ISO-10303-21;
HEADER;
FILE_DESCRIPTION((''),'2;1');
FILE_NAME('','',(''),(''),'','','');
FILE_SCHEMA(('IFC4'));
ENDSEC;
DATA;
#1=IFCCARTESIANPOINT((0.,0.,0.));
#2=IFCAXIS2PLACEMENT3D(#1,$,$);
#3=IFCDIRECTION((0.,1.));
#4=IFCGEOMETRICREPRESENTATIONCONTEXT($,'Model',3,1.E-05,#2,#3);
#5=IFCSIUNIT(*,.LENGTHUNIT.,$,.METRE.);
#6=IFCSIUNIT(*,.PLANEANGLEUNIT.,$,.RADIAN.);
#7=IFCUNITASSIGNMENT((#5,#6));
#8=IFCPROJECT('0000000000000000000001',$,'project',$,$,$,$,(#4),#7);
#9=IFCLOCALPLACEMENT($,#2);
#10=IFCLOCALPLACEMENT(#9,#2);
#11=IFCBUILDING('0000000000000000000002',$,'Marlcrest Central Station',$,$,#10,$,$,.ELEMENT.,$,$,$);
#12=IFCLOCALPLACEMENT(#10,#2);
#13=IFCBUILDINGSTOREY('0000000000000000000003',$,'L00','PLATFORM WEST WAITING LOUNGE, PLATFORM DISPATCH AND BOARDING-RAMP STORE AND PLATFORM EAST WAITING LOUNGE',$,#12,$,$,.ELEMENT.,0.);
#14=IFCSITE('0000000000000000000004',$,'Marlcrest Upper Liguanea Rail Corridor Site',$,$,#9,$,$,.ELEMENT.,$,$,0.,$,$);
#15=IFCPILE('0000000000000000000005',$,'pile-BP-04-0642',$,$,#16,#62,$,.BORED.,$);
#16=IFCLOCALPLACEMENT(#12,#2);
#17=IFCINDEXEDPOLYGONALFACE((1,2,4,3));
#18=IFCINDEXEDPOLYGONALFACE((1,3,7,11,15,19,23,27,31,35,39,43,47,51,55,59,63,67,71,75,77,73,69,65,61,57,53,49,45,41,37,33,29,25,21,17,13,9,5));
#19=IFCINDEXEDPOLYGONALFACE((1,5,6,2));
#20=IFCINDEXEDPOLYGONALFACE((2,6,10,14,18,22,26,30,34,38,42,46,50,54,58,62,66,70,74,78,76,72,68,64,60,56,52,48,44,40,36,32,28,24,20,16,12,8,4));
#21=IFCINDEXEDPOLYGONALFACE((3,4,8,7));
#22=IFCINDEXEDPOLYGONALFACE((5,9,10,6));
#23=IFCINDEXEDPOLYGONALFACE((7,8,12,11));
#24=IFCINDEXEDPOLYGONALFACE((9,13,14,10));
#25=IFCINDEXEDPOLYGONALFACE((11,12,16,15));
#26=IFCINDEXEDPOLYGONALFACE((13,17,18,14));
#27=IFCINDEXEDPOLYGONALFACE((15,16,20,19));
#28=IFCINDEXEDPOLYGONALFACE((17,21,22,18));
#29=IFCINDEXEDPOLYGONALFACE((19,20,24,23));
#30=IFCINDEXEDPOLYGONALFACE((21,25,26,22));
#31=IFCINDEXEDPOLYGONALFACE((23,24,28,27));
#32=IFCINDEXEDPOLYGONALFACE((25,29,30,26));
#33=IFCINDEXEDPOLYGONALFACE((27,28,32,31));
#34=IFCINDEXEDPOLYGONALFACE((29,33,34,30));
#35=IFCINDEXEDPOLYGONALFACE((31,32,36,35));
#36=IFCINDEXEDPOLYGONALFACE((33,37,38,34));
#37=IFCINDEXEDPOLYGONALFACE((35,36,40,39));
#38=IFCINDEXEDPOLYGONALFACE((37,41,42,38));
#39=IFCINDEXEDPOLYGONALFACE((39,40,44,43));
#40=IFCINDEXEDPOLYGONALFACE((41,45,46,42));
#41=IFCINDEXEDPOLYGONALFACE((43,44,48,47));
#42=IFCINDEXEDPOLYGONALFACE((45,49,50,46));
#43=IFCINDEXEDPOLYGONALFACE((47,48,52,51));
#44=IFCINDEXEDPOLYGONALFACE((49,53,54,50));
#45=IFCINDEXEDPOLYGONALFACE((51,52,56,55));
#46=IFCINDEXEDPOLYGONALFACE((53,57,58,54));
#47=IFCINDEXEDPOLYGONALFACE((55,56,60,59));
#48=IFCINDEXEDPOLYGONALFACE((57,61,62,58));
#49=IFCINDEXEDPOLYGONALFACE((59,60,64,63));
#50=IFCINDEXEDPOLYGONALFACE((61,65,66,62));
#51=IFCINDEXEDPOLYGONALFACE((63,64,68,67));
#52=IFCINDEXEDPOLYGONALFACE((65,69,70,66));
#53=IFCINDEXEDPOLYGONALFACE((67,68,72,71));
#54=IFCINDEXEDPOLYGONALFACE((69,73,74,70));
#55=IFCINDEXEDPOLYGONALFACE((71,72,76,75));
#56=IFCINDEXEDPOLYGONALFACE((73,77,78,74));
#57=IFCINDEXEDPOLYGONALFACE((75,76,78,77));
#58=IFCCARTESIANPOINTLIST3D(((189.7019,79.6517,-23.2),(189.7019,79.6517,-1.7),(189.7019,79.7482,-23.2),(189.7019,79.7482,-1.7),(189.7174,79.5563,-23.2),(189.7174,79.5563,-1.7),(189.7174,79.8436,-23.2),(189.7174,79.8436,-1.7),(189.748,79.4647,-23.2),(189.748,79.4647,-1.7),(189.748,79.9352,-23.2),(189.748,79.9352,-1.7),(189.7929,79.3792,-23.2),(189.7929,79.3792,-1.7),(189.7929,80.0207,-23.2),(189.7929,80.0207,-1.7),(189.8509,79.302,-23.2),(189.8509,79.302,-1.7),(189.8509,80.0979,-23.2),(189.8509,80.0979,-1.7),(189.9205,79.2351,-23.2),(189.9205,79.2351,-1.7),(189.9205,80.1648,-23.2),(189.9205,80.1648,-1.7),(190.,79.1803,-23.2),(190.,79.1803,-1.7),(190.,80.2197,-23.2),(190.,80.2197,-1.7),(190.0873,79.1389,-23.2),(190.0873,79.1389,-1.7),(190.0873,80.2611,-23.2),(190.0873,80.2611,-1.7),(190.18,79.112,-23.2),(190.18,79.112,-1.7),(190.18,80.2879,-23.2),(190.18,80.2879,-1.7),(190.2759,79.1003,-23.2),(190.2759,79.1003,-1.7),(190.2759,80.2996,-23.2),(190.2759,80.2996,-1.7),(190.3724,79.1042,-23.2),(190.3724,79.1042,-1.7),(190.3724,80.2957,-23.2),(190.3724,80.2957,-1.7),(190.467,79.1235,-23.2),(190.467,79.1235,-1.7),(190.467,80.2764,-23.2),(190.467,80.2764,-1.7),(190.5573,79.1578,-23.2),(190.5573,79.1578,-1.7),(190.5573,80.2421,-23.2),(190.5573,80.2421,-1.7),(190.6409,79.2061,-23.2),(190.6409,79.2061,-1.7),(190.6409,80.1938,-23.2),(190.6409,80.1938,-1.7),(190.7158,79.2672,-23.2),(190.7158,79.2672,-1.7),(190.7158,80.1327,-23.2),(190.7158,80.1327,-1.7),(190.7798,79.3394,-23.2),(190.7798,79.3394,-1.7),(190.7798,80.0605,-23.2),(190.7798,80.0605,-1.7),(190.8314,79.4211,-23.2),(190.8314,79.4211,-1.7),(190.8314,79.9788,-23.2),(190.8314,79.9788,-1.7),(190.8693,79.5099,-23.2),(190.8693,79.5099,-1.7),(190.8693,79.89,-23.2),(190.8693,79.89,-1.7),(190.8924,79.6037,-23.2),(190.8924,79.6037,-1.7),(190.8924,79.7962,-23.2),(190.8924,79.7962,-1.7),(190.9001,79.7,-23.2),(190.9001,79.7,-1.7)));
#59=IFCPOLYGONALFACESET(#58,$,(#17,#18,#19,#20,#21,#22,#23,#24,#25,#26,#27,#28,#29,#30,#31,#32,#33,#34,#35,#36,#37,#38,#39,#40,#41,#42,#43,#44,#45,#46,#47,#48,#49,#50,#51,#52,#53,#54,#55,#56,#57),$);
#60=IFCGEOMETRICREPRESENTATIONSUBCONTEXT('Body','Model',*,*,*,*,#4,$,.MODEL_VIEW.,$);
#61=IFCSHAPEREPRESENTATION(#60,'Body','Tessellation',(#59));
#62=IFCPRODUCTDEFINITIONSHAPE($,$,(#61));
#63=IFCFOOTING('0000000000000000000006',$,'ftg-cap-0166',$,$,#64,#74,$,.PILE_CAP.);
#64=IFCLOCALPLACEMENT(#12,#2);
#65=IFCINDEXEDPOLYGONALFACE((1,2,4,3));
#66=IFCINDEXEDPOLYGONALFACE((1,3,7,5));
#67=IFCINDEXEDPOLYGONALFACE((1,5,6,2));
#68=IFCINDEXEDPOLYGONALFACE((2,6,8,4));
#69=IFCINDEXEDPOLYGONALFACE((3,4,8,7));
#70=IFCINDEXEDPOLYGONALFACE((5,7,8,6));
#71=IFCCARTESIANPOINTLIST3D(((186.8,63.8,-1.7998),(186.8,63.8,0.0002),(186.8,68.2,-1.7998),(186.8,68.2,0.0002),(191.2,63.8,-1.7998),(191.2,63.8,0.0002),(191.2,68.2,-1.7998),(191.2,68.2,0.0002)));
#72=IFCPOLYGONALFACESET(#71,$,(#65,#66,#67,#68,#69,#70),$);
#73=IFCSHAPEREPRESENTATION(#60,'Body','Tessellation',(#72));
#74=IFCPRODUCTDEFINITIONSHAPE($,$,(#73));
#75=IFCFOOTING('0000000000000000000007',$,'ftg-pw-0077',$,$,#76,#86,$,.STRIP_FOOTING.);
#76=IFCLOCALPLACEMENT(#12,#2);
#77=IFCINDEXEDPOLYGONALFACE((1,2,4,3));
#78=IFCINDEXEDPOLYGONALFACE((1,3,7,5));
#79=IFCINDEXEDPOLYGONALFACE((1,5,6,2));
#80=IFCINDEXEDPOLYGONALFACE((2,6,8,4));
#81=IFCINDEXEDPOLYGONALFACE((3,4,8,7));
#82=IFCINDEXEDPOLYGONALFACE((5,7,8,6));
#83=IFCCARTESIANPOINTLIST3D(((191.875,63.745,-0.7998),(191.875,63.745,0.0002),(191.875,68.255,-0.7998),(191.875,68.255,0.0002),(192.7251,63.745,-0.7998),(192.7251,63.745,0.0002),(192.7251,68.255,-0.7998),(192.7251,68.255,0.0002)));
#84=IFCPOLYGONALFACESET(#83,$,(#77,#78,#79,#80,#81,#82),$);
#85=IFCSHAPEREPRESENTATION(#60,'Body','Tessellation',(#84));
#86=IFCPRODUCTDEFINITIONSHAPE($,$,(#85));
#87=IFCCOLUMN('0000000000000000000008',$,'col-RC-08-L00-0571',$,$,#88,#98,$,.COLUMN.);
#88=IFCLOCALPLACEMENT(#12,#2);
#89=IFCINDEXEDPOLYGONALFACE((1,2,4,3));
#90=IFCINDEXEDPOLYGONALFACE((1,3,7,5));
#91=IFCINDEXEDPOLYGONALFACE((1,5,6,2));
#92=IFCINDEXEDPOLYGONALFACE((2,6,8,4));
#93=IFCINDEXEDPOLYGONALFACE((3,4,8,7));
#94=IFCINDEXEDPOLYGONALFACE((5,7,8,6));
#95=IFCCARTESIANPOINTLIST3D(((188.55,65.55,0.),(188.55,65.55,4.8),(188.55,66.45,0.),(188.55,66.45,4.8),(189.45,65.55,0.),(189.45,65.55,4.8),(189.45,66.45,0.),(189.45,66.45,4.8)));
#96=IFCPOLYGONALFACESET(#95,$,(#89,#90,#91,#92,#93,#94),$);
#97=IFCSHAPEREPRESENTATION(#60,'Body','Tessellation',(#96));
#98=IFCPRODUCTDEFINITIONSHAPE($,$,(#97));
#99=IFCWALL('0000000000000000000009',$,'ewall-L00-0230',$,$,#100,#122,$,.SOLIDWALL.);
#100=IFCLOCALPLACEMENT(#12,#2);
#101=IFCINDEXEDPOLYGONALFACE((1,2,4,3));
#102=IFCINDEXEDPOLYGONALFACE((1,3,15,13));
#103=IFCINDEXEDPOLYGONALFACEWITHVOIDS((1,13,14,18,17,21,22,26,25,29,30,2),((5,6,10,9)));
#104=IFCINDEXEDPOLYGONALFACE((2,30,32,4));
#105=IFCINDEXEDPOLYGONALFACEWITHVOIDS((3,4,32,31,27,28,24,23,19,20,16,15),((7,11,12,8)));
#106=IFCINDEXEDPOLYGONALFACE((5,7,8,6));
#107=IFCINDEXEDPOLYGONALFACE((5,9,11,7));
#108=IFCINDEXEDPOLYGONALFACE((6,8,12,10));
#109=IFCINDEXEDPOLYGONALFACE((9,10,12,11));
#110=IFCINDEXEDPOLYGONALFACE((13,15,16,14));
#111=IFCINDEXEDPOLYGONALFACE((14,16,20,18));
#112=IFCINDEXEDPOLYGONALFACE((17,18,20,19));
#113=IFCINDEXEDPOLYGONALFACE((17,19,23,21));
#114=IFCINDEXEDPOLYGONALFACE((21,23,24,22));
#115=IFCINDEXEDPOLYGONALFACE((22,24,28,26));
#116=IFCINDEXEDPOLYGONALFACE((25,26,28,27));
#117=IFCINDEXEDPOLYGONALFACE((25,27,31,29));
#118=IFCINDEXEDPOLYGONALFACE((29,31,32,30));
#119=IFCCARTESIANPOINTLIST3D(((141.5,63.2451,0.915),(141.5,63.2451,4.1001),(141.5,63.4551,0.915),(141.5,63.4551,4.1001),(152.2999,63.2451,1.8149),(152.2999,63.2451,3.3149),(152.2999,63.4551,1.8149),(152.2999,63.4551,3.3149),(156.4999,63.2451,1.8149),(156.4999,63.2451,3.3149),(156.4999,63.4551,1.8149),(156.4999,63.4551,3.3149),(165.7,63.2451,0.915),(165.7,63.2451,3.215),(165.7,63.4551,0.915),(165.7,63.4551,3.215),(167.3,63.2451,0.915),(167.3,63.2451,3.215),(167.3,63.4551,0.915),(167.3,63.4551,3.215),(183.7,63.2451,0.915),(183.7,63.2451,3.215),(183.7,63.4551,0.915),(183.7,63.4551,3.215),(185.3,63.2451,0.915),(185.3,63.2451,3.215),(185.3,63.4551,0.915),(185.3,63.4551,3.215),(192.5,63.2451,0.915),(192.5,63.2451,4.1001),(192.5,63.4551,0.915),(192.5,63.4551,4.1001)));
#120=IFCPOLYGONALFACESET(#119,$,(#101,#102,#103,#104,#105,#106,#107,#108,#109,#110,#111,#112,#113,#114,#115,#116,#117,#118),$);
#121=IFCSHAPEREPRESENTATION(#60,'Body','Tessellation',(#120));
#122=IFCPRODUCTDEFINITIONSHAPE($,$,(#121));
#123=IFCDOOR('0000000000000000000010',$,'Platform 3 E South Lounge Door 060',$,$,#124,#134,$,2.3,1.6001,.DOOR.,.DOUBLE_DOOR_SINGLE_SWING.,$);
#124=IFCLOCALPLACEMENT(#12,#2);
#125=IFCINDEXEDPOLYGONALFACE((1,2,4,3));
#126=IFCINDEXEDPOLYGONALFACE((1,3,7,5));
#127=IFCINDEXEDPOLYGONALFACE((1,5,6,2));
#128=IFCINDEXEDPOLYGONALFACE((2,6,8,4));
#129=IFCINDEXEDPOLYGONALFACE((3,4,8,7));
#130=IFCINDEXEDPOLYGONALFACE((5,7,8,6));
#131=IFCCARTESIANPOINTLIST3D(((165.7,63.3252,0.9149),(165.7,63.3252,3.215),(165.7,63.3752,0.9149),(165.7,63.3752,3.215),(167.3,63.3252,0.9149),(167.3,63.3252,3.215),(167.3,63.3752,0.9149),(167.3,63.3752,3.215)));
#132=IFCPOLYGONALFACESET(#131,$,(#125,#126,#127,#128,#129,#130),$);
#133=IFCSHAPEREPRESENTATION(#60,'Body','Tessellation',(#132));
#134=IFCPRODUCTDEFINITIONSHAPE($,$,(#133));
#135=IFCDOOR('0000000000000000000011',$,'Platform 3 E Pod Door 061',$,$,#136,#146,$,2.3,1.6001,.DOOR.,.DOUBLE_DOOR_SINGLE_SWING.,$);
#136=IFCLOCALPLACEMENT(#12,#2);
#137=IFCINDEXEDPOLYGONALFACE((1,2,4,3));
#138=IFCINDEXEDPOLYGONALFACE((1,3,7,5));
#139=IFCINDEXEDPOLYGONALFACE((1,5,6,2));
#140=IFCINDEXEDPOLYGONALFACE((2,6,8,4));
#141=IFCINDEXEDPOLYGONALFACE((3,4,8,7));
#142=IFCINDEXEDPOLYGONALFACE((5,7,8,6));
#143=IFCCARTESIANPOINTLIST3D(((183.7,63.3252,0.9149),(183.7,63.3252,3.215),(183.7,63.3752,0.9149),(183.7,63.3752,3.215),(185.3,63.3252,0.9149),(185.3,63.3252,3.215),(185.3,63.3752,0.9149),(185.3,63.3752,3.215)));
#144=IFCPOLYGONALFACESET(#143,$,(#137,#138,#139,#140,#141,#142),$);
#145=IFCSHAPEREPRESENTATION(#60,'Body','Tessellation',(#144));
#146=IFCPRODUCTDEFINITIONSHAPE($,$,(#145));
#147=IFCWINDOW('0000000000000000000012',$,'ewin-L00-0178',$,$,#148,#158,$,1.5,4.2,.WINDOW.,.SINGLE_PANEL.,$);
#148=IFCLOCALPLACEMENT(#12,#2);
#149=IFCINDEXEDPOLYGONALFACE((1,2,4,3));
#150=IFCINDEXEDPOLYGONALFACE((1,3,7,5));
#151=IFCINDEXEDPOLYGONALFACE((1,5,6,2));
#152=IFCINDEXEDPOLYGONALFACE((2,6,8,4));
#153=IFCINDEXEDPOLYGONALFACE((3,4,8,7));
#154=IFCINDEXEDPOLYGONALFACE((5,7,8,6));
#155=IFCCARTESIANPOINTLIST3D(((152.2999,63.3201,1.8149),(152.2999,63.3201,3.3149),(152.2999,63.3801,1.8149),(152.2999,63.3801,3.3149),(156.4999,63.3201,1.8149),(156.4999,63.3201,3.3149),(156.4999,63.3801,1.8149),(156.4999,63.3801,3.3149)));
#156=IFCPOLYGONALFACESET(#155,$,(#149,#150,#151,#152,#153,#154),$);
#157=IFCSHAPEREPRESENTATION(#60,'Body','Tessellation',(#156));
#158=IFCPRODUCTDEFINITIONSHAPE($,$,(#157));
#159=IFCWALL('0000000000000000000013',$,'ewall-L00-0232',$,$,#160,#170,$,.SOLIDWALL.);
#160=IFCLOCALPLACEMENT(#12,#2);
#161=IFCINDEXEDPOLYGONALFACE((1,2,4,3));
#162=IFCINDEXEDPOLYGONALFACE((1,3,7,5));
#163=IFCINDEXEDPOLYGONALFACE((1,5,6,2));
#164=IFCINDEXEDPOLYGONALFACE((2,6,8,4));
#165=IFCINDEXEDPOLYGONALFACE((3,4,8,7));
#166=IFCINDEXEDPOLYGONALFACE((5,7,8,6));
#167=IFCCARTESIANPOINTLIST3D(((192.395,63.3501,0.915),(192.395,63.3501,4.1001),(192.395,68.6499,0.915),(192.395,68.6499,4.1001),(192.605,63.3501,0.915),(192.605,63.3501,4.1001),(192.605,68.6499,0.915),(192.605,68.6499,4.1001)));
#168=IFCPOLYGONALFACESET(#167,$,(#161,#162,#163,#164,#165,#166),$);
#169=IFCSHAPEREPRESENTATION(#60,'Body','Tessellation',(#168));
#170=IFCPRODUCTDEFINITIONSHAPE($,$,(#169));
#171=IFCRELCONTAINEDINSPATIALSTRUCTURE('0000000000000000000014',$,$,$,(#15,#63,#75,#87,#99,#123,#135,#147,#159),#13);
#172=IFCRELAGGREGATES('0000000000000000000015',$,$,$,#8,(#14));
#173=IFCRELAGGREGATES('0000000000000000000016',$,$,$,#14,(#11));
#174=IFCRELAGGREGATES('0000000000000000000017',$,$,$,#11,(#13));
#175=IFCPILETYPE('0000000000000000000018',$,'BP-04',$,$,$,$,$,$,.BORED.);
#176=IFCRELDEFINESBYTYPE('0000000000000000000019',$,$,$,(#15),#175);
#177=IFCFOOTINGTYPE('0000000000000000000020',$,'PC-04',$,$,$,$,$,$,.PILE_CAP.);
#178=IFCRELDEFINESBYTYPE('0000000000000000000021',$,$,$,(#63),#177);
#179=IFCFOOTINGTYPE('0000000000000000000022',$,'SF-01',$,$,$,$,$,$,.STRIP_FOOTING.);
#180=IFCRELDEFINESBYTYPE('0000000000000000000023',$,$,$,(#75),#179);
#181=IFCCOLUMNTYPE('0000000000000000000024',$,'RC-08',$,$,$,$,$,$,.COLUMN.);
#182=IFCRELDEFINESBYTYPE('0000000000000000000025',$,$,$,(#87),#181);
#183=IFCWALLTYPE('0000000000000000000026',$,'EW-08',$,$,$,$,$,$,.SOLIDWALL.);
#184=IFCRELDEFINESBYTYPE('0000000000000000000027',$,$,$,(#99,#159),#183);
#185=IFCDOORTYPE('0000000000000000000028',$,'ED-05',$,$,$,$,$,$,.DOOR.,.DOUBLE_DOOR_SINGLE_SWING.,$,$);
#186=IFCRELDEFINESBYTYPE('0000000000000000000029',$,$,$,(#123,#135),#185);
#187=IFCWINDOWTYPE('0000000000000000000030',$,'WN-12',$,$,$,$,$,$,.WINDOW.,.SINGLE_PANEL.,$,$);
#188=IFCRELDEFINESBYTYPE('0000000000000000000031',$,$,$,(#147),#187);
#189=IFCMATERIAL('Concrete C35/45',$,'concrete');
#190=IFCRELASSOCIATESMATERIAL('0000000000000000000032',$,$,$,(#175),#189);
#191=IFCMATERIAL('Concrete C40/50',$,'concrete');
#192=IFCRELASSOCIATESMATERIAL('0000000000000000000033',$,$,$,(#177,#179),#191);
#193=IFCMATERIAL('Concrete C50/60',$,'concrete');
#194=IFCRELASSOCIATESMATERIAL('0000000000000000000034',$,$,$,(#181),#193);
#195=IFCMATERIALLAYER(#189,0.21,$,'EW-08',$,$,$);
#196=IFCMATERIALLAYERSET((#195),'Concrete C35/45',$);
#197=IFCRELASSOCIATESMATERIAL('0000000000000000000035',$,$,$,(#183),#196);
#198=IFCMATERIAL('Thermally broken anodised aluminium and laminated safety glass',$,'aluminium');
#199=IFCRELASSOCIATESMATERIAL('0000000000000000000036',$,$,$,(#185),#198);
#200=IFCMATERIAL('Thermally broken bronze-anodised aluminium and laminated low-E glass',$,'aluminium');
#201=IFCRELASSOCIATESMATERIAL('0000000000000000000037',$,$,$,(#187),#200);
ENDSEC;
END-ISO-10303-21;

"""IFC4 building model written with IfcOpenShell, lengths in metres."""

from ifc_helpers import new_model, si_unit, direction, frame, frame_2d, origin, origin_2d, place, context, subcontext, project, spatial, rectangle, circle, extrude, material, layer, layer_set, material_profile, profile_set, type_object, element, fill, save


model = new_model("IFC4")

# Units and contexts
model_context = context("Model", 3, precision=1e-05, world=origin(), true_north=direction((0.0, 1.0)))
body_context = subcontext(model_context, "Body", "Model", "MODEL_VIEW")
ifc_project = project(units=[si_unit("LENGTHUNIT", "METRE"), si_unit("PLANEANGLEUNIT", "RADIAN")], contexts=[model_context])

# Site, building, storey
site_placement = place(None, origin())
site = spatial("IfcSite", under=ifc_project, at=site_placement, Name="Marlcrest Upper Liguanea Rail Corridor Site", CompositionType="ELEMENT", RefElevation=0.0)
building_placement = place(site_placement, origin())
building = spatial("IfcBuilding", under=site, at=building_placement, Name="Marlcrest Central Station", CompositionType="ELEMENT")
storey_placement = place(building_placement, origin())
storey = spatial("IfcBuildingStorey", under=building, at=storey_placement, Name="L00", Description="PLATFORM WEST WAITING LOUNGE, PLATFORM DISPATCH AND BOARDING-RAMP STORE AND PLATFORM EAST WAITING LOUNGE", CompositionType="ELEMENT", Elevation=0.0)

# Pile
ifc_material_1 = material(Name="Concrete C35/45", Category="concrete")
ifc_material_profile_1 = material_profile(ifc_material_1, circle(Radius=0.6001, at=origin_2d()), Name="PILE D1200")
ifc_profile_set_1 = profile_set([ifc_material_profile_1], Name="Concrete C35/45")
pile_type = type_object("IfcPileType", Name="BP-04", PredefinedType="BORED", material=ifc_profile_set_1)
for number, where, z_axis, x_axis, name in (
    (1, (190.3, 79.7, -1.7), (0.0, 0.0, -1.0), (1.0, 0.0, 0.0), "pile-BP-04-0642"),
):
    element("IfcPile", number, at=place(storey_placement, frame(where, z_axis=z_axis, x_axis=x_axis)), inside=storey, type_object=pile_type, Name=name, PredefinedType="BORED", context=body_context, shape_type="SweptSolid", body=[
        extrude(circle(Radius=0.6001, at=origin_2d()), origin(), (0.0, 0.0, 1.0), 21.5),
    ])

# Footings
ifc_material_2 = material(Name="Concrete C40/50", Category="concrete")
footing_type_1 = type_object("IfcFootingType", Name="PC-04", PredefinedType="PILE_CAP", material=ifc_material_2)
footing_1_placement = place(storey_placement, frame((189.0, 66.0, -1.7998), z_axis=(0.0, 0.0, 1.0), x_axis=(1.0, 0.0, 0.0)))
element("IfcFooting", 2, at=footing_1_placement, inside=storey, type_object=footing_type_1, Name="ftg-cap-0166", PredefinedType="PILE_CAP", context=body_context, shape_type="SweptSolid", body=[
    extrude(rectangle(XDim=4.3999, YDim=4.3999, at=origin_2d()), origin(), (0.0, 0.0, 1.0), 1.8),
])
footing_type_2 = type_object("IfcFootingType", Name="SF-01", PredefinedType="STRIP_FOOTING", material=ifc_material_2)
footing_2_placement = place(storey_placement, frame((192.3, 66.0, -0.7998), z_axis=(0.0, 0.0, 1.0), x_axis=(1.0, 0.0, 0.0)))
element("IfcFooting", 3, at=footing_2_placement, inside=storey, type_object=footing_type_2, Name="ftg-pw-0077", PredefinedType="STRIP_FOOTING", context=body_context, shape_type="SweptSolid", body=[
    extrude(rectangle(XDim=0.8501, YDim=4.51, at=origin_2d()), origin(), (0.0, 0.0, 1.0), 0.8),
])

# Column
ifc_material_3 = material(Name="Concrete C50/60", Category="concrete")
ifc_material_profile_2 = material_profile(ifc_material_3, rectangle(XDim=0.8999, YDim=0.8999, at=origin_2d()), Name="RC 900x900")
ifc_profile_set_2 = profile_set([ifc_material_profile_2], Name="Concrete C50/60")
column_type = type_object("IfcColumnType", Name="RC-08", PredefinedType="COLUMN", material=ifc_profile_set_2)
column_placement = place(storey_placement, frame((189.0, 66.0, 0.0), z_axis=(0.0, 0.0, 1.0), x_axis=(1.0, 0.0, 0.0)))
element("IfcColumn", 4, at=column_placement, inside=storey, type_object=column_type, Name="col-RC-08-L00-0571", PredefinedType="COLUMN", context=body_context, shape_type="SweptSolid", body=[
    extrude(rectangle(XDim=0.8999, YDim=0.8999, at=origin_2d()), origin(), (0.0, 0.0, 1.0), 4.8),
])

# Wall, openings, doors, window
ifc_layer_1 = layer(ifc_material_1, 0.21, Name="EW-08")
ifc_layer_set_1 = layer_set([ifc_layer_1], Name="Concrete C35/45")
wall_type_1 = type_object("IfcWallType", Name="EW-08", PredefinedType="SOLIDWALL", material=ifc_layer_set_1)
wall_1_placement = place(storey_placement, frame((192.5, 63.3501, 0.915), z_axis=(0.0, 0.0, 1.0), x_axis=(-1.0, 0.0, 0.0)))
wall_1 = element("IfcWall", 5, at=wall_1_placement, inside=storey, type_object=wall_type_1, Name="ewall-L00-0230", PredefinedType="SOLIDWALL", context=body_context, shape_type="SweptSolid", body=[
    extrude(rectangle(XDim=51.0, YDim=0.21, at=frame_2d((25.5, 0.0))), origin(), (0.0, 0.0, 1.0), 3.1851),
])
opening_1_placement = place(wall_1_placement, frame((25.2, 0.0, 0.0)))
opening_1 = element("IfcOpeningElement", 6, at=opening_1_placement, cuts=wall_1, PredefinedType="OPENING", context=body_context, shape_type="SweptSolid", body=[
    extrude(rectangle(XDim=1.6001, YDim=2.3, at=frame_2d((0.8, 1.1499))), frame((0.0, 0.115, 0.0), z_axis=(0.0, -1.0, 0.0), x_axis=(1.0, 0.0, 0.0)), (0.0, 0.0, 1.0), 0.23),
])
opening_2_placement = place(wall_1_placement, frame((7.2, 0.0, 0.0)))
opening_2 = element("IfcOpeningElement", 7, at=opening_2_placement, cuts=wall_1, PredefinedType="OPENING", context=body_context, shape_type="SweptSolid", body=[
    extrude(rectangle(XDim=1.6001, YDim=2.3, at=frame_2d((0.8, 1.1499))), frame((0.0, 0.115, 0.0), z_axis=(0.0, -1.0, 0.0), x_axis=(1.0, 0.0, 0.0)), (0.0, 0.0, 1.0), 0.23),
])
opening_3_placement = place(wall_1_placement, frame((36.0, 0.0, 0.8999)))
opening_3 = element("IfcOpeningElement", 8, at=opening_3_placement, cuts=wall_1, PredefinedType="OPENING", context=body_context, shape_type="SweptSolid", body=[
    extrude(rectangle(XDim=4.2, YDim=1.5, at=frame_2d((2.1001, 0.75))), frame((0.0, 0.115, 0.0), z_axis=(0.0, -1.0, 0.0), x_axis=(1.0, 0.0, 0.0)), (0.0, 0.0, 1.0), 0.23),
])
ifc_material_4 = material(Name="Thermally broken anodised aluminium and laminated safety glass", Category="aluminium")
door_type = type_object("IfcDoorType", Name="ED-05", OperationType="DOUBLE_DOOR_SINGLE_SWING", PredefinedType="DOOR", material=ifc_material_4)
door_1_placement = place(opening_1_placement, origin())
door_1 = element("IfcDoor", 9, at=door_1_placement, inside=storey, type_object=door_type, Name="Platform 3 E South Lounge Door 060", OperationType="DOUBLE_DOOR_SINGLE_SWING", OverallHeight=2.3, OverallWidth=1.6001, PredefinedType="DOOR", context=body_context, shape_type="SweptSolid", body=[
    extrude(rectangle(XDim=1.6001, YDim=2.3, at=frame_2d((0.8, 1.1499))), frame((0.0, 0.0249, 0.0), z_axis=(0.0, -1.0, 0.0), x_axis=(1.0, 0.0, 0.0)), (0.0, 0.0, 1.0), 0.05),
])
fill(opening_1, door_1)
door_2_placement = place(opening_2_placement, origin())
door_2 = element("IfcDoor", 10, at=door_2_placement, inside=storey, type_object=door_type, Name="Platform 3 E Pod Door 061", OperationType="DOUBLE_DOOR_SINGLE_SWING", OverallHeight=2.3, OverallWidth=1.6001, PredefinedType="DOOR", context=body_context, shape_type="SweptSolid", body=[
    extrude(rectangle(XDim=1.6001, YDim=2.3, at=frame_2d((0.8, 1.1499))), frame((0.0, 0.0249, 0.0), z_axis=(0.0, -1.0, 0.0), x_axis=(1.0, 0.0, 0.0)), (0.0, 0.0, 1.0), 0.05),
])
fill(opening_2, door_2)
ifc_material_5 = material(Name="Thermally broken bronze-anodised aluminium and laminated low-E glass", Category="aluminium")
window_type = type_object("IfcWindowType", Name="WN-12", PartitioningType="SINGLE_PANEL", PredefinedType="WINDOW", material=ifc_material_5)
window_1_placement = place(opening_3_placement, origin())
window_1 = element("IfcWindow", 11, at=window_1_placement, inside=storey, type_object=window_type, Name="ewin-L00-0178", OverallHeight=1.5, OverallWidth=4.2, PartitioningType="SINGLE_PANEL", PredefinedType="WINDOW", context=body_context, shape_type="SweptSolid", body=[
    extrude(rectangle(XDim=4.2, YDim=1.5, at=frame_2d((2.1001, 0.75))), frame((0.0, 0.03, 0.0), z_axis=(0.0, -1.0, 0.0), x_axis=(1.0, 0.0, 0.0)), (0.0, 0.0, 1.0), 0.0601),
])
fill(opening_3, window_1)

# Wall
wall_2_placement = place(storey_placement, frame((192.5, 68.6499, 0.915), z_axis=(0.0, 0.0, 1.0), x_axis=(0.0, -1.0, 0.0)))
element("IfcWall", 12, at=wall_2_placement, inside=storey, type_object=wall_type_1, Name="ewall-L00-0232", PredefinedType="SOLIDWALL", context=body_context, shape_type="SweptSolid", body=[
    extrude(rectangle(XDim=5.2998, YDim=0.21, at=frame_2d((2.6499, 0.0))), origin(), (0.0, 0.0, 1.0), 3.1851),
])

save(model, "model.ifc")
